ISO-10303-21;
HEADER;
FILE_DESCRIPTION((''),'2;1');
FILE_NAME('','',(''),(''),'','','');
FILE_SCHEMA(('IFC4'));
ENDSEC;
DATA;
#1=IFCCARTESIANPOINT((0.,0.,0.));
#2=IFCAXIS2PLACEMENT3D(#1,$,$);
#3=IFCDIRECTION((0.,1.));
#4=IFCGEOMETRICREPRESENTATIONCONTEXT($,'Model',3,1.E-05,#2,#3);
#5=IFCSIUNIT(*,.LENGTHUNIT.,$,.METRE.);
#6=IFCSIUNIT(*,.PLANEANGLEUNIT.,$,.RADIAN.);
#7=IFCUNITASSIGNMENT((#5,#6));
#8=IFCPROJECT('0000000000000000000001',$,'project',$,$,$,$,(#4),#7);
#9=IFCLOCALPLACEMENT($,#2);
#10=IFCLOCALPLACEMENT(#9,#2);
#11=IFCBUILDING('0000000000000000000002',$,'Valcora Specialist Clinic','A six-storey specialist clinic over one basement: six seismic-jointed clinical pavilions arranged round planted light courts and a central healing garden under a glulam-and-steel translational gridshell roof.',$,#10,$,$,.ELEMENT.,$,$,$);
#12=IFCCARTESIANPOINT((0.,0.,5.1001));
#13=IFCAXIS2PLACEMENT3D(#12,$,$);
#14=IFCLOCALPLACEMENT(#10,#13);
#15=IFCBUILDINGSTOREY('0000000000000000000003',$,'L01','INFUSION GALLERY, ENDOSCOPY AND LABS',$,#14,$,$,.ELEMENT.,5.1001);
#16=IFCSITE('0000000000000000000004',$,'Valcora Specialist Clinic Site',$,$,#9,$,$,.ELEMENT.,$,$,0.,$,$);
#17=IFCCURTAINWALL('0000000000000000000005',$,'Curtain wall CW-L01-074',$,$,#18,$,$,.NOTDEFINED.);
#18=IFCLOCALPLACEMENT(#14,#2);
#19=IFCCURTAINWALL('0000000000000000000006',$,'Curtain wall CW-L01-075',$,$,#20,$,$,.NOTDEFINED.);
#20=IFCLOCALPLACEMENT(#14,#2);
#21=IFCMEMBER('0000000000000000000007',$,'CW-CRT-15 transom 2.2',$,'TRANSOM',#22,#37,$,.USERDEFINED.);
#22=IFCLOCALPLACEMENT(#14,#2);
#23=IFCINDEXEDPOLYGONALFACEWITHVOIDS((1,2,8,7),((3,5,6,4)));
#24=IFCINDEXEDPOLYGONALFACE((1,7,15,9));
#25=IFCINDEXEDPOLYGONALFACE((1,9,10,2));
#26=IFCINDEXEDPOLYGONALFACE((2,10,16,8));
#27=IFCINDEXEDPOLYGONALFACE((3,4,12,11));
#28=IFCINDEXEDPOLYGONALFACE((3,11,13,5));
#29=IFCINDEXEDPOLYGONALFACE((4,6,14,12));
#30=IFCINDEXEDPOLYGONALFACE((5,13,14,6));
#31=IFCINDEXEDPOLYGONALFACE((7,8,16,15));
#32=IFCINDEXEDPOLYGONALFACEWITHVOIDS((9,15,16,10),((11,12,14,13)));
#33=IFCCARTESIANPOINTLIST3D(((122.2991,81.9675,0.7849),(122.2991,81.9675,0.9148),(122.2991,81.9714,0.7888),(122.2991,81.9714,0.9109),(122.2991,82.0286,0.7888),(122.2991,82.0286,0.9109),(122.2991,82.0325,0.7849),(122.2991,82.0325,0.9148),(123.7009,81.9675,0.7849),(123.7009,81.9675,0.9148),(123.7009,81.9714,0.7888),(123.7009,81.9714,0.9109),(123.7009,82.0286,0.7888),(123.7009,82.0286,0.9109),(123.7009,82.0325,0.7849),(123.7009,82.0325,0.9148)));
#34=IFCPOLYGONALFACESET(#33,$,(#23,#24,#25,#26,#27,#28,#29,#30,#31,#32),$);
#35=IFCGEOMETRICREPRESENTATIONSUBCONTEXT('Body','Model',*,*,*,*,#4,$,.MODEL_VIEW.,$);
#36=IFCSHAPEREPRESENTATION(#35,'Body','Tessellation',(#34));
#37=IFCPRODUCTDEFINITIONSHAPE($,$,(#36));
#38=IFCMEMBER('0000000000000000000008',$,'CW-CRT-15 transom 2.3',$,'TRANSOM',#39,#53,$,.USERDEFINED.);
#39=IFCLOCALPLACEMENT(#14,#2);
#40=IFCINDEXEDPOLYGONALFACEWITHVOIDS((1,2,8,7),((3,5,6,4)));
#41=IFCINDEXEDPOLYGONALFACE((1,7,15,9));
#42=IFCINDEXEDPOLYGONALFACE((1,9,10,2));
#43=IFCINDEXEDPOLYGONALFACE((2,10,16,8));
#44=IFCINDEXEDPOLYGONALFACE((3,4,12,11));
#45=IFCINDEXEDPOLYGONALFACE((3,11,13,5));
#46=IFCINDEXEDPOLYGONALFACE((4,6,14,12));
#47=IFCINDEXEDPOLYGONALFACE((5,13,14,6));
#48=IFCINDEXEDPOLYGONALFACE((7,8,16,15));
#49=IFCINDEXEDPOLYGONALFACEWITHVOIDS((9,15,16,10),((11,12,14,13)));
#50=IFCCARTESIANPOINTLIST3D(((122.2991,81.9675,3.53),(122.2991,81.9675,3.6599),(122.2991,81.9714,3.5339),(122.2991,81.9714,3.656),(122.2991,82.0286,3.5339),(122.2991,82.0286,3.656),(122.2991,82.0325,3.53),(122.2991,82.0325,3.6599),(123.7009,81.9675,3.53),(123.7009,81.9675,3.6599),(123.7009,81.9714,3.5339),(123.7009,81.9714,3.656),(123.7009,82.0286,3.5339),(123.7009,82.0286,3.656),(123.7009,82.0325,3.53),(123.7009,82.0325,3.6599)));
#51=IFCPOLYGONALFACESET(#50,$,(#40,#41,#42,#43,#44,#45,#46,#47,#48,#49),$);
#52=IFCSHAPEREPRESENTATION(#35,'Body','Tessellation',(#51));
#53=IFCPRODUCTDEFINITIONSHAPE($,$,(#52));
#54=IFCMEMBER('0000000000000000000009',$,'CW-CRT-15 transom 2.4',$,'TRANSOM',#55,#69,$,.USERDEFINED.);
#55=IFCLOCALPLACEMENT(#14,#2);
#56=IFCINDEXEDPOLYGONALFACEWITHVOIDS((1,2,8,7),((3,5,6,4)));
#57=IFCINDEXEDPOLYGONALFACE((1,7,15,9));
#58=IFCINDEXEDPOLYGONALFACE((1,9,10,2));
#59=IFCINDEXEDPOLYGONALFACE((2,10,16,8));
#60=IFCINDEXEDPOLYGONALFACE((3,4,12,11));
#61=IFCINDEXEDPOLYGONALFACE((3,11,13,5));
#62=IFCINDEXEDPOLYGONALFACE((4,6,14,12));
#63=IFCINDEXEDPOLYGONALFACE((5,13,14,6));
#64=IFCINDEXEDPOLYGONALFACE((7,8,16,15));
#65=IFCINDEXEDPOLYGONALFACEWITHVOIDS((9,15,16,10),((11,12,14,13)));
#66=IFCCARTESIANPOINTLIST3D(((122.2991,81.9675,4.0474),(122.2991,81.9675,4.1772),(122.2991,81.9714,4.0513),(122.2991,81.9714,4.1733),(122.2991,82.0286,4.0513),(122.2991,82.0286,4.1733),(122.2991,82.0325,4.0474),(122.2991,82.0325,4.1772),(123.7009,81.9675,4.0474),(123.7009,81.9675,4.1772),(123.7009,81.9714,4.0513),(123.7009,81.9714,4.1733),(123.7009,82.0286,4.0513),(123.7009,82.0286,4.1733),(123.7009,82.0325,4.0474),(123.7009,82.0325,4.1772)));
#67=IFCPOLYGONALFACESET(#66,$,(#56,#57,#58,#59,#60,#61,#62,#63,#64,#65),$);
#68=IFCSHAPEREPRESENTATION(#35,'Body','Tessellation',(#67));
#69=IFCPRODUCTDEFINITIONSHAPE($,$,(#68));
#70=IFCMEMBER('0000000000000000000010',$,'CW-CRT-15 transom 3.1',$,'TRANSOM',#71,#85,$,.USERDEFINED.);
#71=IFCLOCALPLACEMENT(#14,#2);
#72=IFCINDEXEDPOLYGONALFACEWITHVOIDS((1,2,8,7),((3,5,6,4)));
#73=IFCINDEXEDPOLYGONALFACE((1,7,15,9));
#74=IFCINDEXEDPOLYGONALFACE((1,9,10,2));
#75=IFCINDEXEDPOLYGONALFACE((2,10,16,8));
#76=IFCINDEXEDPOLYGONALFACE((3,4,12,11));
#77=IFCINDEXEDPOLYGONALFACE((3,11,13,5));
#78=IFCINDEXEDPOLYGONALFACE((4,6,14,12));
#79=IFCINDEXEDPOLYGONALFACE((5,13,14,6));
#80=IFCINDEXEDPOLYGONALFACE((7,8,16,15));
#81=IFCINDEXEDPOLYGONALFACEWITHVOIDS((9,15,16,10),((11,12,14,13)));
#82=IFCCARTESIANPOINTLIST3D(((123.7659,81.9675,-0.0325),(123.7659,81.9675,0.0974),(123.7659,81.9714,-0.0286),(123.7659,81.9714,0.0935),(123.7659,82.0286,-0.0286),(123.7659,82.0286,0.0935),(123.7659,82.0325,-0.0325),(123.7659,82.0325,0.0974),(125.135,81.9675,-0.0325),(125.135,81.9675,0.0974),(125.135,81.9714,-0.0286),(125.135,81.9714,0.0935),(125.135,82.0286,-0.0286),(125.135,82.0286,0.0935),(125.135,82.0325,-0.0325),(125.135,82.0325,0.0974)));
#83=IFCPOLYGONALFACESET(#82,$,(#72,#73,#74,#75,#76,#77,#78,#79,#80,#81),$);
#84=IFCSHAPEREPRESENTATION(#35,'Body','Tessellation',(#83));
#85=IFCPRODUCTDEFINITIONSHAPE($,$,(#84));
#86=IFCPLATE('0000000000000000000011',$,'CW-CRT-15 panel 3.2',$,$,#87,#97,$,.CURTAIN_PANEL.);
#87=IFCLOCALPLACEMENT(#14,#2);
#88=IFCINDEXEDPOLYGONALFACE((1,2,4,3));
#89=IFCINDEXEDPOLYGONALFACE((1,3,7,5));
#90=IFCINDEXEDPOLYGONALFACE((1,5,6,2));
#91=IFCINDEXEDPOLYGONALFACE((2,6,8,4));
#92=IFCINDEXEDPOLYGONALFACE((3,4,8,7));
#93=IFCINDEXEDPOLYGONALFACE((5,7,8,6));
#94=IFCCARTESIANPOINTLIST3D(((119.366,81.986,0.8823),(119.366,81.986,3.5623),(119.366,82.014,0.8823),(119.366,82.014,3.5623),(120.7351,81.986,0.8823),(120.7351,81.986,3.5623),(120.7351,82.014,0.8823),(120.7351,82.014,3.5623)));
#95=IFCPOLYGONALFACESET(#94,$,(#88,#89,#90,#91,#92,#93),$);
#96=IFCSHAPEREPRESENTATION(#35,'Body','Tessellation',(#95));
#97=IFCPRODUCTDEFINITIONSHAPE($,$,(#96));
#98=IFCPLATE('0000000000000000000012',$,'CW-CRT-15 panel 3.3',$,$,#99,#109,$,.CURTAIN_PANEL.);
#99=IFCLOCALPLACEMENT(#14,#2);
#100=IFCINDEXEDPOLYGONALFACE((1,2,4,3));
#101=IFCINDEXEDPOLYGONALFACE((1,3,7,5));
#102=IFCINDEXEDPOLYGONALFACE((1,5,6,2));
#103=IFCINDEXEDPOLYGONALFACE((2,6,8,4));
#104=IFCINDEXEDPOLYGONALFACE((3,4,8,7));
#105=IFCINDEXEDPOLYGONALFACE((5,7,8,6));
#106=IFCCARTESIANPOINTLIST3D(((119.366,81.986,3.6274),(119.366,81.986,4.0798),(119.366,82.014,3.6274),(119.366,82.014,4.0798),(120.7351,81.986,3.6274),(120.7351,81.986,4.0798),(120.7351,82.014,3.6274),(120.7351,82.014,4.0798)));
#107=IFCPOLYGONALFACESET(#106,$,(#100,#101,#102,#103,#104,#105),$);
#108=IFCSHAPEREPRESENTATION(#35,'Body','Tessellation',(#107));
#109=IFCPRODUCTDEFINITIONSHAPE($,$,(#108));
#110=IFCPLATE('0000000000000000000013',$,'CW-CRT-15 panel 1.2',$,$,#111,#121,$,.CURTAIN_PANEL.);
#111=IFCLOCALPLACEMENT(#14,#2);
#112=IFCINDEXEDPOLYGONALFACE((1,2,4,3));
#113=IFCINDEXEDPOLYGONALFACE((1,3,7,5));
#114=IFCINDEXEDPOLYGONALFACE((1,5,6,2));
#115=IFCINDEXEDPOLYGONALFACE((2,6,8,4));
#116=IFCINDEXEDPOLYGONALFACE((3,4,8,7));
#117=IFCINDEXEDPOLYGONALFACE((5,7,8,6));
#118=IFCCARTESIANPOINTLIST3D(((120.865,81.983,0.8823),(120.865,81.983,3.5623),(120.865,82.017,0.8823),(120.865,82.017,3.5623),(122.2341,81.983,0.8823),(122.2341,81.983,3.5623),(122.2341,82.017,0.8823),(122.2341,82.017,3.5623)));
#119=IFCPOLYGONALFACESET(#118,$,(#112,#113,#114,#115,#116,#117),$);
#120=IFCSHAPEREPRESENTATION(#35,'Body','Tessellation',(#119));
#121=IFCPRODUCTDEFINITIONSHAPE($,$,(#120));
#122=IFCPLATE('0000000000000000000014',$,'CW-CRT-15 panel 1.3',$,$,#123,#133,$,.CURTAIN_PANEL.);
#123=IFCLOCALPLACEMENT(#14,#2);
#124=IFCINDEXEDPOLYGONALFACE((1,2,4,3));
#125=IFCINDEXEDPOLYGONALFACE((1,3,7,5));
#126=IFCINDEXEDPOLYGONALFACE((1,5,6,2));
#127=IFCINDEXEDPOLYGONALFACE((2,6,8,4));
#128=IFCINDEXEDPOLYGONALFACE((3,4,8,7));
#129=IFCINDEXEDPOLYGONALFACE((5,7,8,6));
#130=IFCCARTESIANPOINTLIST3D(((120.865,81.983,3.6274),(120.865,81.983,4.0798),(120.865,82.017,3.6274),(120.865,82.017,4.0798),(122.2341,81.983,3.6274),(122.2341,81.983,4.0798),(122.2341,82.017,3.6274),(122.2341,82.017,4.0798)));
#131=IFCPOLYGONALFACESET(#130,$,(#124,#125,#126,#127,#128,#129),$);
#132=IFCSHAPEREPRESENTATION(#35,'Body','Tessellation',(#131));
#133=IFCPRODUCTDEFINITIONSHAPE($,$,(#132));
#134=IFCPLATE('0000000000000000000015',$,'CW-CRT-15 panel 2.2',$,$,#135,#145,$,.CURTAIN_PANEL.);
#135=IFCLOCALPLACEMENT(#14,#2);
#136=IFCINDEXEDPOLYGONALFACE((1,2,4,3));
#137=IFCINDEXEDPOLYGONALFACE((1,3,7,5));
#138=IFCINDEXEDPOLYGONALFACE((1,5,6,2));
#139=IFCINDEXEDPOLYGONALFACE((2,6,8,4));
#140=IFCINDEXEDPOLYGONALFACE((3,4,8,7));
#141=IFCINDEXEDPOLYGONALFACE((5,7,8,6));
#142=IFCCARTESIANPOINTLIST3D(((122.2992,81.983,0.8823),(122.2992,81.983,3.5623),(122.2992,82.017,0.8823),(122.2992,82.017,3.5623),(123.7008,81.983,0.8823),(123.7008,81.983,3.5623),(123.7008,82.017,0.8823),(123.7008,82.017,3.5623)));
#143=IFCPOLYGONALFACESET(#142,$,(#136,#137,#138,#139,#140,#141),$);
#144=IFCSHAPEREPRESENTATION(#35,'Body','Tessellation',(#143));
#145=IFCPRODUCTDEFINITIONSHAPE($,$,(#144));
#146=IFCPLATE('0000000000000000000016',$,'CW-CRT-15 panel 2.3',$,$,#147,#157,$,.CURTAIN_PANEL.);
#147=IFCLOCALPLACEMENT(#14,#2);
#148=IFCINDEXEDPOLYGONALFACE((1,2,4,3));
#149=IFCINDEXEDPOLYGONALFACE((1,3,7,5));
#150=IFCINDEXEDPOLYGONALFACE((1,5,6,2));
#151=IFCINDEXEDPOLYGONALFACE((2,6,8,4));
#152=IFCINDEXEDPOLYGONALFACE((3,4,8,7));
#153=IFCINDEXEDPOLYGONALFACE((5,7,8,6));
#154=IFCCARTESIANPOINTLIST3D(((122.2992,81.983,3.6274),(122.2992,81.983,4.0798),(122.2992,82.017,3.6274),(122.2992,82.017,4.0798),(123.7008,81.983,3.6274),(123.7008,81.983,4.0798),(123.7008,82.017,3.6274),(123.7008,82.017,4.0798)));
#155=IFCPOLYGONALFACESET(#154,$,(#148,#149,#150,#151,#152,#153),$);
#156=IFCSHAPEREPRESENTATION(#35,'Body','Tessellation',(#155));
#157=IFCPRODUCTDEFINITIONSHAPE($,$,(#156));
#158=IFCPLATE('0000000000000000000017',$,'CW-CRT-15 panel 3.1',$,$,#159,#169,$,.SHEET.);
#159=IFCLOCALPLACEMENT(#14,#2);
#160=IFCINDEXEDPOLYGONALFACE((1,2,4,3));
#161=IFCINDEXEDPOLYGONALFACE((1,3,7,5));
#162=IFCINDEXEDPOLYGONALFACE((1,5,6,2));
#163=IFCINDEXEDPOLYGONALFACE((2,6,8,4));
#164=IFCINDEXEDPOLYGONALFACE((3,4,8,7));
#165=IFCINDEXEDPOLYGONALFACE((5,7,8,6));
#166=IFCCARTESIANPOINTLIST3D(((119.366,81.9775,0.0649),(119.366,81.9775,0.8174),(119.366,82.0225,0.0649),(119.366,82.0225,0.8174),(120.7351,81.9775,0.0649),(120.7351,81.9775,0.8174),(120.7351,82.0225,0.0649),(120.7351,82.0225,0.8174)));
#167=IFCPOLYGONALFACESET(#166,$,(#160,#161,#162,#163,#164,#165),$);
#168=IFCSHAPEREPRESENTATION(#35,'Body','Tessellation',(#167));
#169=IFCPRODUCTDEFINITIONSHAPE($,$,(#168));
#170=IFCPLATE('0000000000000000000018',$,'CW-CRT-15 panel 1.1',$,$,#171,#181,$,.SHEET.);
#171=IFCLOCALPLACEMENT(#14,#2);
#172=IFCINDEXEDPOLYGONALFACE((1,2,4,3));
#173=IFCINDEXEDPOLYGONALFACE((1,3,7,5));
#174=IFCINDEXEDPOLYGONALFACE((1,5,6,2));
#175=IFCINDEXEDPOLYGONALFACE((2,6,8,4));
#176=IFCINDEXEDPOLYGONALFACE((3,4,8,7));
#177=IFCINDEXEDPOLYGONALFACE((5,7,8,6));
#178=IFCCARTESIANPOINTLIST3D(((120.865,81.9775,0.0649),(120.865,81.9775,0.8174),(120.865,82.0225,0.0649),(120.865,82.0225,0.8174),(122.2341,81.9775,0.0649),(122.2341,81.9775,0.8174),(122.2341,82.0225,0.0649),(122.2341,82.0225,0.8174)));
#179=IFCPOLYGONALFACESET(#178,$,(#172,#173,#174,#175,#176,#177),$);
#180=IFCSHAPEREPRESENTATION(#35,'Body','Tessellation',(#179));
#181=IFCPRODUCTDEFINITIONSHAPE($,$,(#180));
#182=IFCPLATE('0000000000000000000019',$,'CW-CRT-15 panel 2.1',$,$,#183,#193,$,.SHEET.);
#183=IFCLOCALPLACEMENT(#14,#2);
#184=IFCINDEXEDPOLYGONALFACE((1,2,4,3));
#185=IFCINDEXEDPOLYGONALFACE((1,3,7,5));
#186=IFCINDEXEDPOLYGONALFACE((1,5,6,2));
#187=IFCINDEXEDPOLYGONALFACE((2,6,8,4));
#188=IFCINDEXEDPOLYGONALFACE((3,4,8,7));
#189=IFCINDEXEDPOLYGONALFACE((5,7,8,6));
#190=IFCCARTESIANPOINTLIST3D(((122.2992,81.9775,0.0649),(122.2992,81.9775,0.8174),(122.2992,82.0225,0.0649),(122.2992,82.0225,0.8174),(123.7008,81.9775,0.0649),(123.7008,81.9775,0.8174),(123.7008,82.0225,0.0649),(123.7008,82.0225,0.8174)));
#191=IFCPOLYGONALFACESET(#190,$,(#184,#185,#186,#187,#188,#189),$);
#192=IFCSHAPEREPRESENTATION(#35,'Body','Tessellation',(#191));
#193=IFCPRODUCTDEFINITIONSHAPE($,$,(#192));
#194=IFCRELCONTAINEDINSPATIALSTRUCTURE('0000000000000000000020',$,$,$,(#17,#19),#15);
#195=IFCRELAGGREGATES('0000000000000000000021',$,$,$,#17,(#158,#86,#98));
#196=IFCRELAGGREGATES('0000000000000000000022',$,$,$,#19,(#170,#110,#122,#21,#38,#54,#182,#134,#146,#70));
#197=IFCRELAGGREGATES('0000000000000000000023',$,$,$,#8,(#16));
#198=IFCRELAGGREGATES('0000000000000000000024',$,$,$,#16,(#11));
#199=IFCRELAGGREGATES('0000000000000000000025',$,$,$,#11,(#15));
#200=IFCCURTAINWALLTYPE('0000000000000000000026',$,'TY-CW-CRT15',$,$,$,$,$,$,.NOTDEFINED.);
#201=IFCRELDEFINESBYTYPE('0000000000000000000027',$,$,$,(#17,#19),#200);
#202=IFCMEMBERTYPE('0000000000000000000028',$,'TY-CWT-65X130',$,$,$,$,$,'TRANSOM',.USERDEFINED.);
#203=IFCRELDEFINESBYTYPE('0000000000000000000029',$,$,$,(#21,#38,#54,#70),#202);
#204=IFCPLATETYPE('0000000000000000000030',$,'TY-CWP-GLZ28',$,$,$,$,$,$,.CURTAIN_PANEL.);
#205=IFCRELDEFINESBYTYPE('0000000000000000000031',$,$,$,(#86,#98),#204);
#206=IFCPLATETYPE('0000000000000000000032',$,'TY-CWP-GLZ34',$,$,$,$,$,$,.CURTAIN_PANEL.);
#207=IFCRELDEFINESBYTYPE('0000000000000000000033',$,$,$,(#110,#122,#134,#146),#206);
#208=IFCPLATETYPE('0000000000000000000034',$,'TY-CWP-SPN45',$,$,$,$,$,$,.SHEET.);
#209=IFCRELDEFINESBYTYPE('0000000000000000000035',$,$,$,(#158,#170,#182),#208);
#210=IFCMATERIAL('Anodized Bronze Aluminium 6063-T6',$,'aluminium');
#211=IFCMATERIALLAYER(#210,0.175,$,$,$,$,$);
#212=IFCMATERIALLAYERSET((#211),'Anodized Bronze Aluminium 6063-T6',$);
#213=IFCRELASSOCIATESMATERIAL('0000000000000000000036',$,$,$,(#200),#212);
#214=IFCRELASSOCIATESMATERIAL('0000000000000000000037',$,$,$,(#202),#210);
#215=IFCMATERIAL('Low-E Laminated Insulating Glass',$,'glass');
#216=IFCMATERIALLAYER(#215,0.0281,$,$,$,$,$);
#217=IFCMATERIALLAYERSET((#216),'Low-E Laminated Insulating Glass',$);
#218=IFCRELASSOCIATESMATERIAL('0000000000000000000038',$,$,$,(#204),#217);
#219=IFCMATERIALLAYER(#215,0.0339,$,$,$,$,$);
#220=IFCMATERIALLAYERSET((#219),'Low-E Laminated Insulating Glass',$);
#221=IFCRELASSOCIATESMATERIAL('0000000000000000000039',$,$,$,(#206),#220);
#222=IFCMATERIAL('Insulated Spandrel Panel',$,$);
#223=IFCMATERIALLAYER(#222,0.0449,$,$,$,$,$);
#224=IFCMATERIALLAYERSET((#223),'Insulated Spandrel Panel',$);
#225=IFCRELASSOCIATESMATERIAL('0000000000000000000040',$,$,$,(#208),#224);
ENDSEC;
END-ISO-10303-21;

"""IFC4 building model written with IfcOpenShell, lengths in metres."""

from ifc_helpers import new_model, si_unit, direction, frame, origin, origin_2d, place, context, subcontext, project, spatial, rectangle, hollow_rectangle, extrude, material, layer, layer_set, material_profile, profile_set, type_object, element, aggregate, save


model = new_model("IFC4")

# Units and contexts
model_context = context("Model", 3, precision=1e-05, world=origin(), true_north=direction((0.0, 1.0)))
body_context = subcontext(model_context, "Body", "Model", "MODEL_VIEW")
ifc_project = project(units=[si_unit("LENGTHUNIT", "METRE"), si_unit("PLANEANGLEUNIT", "RADIAN")], contexts=[model_context])

# Site, building, storey
site_placement = place(None, origin())
site = spatial("IfcSite", under=ifc_project, at=site_placement, Name="Valcora Specialist Clinic Site", CompositionType="ELEMENT", RefElevation=0.0)
building_placement = place(site_placement, origin())
building = spatial("IfcBuilding", under=site, at=building_placement, Name="Valcora Specialist Clinic", Description="A six-storey specialist clinic over one basement: six seismic-jointed clinical pavilions arranged round planted light courts and a central healing garden under a glulam-and-steel translational gridshell roof.", CompositionType="ELEMENT")
storey_placement = place(building_placement, frame((0.0, 0.0, 5.1001)))
storey = spatial("IfcBuildingStorey", under=building, at=storey_placement, Name="L01", Description="INFUSION GALLERY, ENDOSCOPY AND LABS", CompositionType="ELEMENT", Elevation=5.1001)

# Curtain wall
ifc_material_1 = material(Name="Anodized Bronze Aluminium 6063-T6", Category="aluminium")
ifc_layer_1 = layer(ifc_material_1, 0.175)
ifc_layer_set_1 = layer_set([ifc_layer_1], Name="Anodized Bronze Aluminium 6063-T6")
curtain_wall_type = type_object("IfcCurtainWallType", Name="TY-CW-CRT15", PredefinedType="NOTDEFINED", material=ifc_layer_set_1)
curtain_wall_1_placement = place(storey_placement, origin())
curtain_wall_1 = element("IfcCurtainWall", 1, at=curtain_wall_1_placement, inside=storey, type_object=curtain_wall_type, Name="Curtain wall CW-L01-074", PredefinedType="NOTDEFINED")

# Curtain wall
curtain_wall_2_placement = place(storey_placement, origin())
curtain_wall_2 = element("IfcCurtainWall", 2, at=curtain_wall_2_placement, inside=storey, type_object=curtain_wall_type, Name="Curtain wall CW-L01-075", PredefinedType="NOTDEFINED")

# Members
ifc_material_profile_1 = material_profile(ifc_material_1, hollow_rectangle(XDim=0.0649, YDim=0.1299, WallThickness=0.0039, at=origin_2d()), Name="AL-TRN-65X130")
ifc_profile_set_1 = profile_set([ifc_material_profile_1], Name="Anodized Bronze Aluminium 6063-T6")
member_type_1 = type_object("IfcMemberType", Name="TY-CWT-65X130", ElementType="TRANSOM", PredefinedType="USERDEFINED", material=ifc_profile_set_1)
member_1_placement = place(storey_placement, frame((122.2991, 82.0, 0.8499), z_axis=(1.0, 0.0, 0.0), x_axis=(0.0, 1.0, 0.0)))
member_1 = element("IfcMember", 3, at=member_1_placement, type_object=member_type_1, Name="CW-CRT-15 transom 2.2", ObjectType="TRANSOM", PredefinedType="USERDEFINED", context=body_context, shape_type="SweptSolid", body=[
    extrude(hollow_rectangle(XDim=0.0649, YDim=0.1299, WallThickness=0.0039, at=origin_2d()), origin(), (0.0, 0.0, 1.0), 1.4019),
])
member_2_placement = place(storey_placement, frame((122.2991, 82.0, 3.595), z_axis=(1.0, 0.0, 0.0), x_axis=(0.0, 1.0, 0.0)))
member_2 = element("IfcMember", 4, at=member_2_placement, type_object=member_type_1, Name="CW-CRT-15 transom 2.3", ObjectType="TRANSOM", PredefinedType="USERDEFINED", context=body_context, shape_type="SweptSolid", body=[
    extrude(hollow_rectangle(XDim=0.0649, YDim=0.1299, WallThickness=0.0039, at=origin_2d()), origin(), (0.0, 0.0, 1.0), 1.4019),
])
member_3_placement = place(storey_placement, frame((122.2991, 82.0, 4.1123), z_axis=(1.0, 0.0, 0.0), x_axis=(0.0, 1.0, 0.0)))
member_3 = element("IfcMember", 5, at=member_3_placement, type_object=member_type_1, Name="CW-CRT-15 transom 2.4", ObjectType="TRANSOM", PredefinedType="USERDEFINED", context=body_context, shape_type="SweptSolid", body=[
    extrude(hollow_rectangle(XDim=0.0649, YDim=0.1299, WallThickness=0.0039, at=origin_2d()), origin(), (0.0, 0.0, 1.0), 1.4019),
])
member_4_placement = place(storey_placement, frame((123.7659, 82.0, 0.0325), z_axis=(1.0, 0.0, 0.0), x_axis=(0.0, 1.0, 0.0)))
member_4 = element("IfcMember", 6, at=member_4_placement, type_object=member_type_1, Name="CW-CRT-15 transom 3.1", ObjectType="TRANSOM", PredefinedType="USERDEFINED", context=body_context, shape_type="SweptSolid", body=[
    extrude(hollow_rectangle(XDim=0.0649, YDim=0.1299, WallThickness=0.0039, at=origin_2d()), origin(), (0.0, 0.0, 1.0), 1.3691),
])

# Plates
ifc_material_2 = material(Name="Low-E Laminated Insulating Glass", Category="glass")
ifc_layer_2 = layer(ifc_material_2, 0.0281)
ifc_layer_set_2 = layer_set([ifc_layer_2], Name="Low-E Laminated Insulating Glass")
plate_type_1 = type_object("IfcPlateType", Name="TY-CWP-GLZ28", PredefinedType="CURTAIN_PANEL", material=ifc_layer_set_2)
plate_1_placement = place(storey_placement, frame((120.0505, 82.0, 0.8823), z_axis=(0.0, 0.0, 1.0), x_axis=(1.0, 0.0, 0.0)))
plate_1 = element("IfcPlate", 7, at=plate_1_placement, type_object=plate_type_1, Name="CW-CRT-15 panel 3.2", PredefinedType="CURTAIN_PANEL", context=body_context, shape_type="SweptSolid", body=[
    extrude(rectangle(XDim=1.3691, YDim=0.0281, at=origin_2d()), origin(), (0.0, 0.0, 1.0), 2.6799),
])
plate_2_placement = place(storey_placement, frame((120.0505, 82.0, 3.6274), z_axis=(0.0, 0.0, 1.0), x_axis=(1.0, 0.0, 0.0)))
plate_2 = element("IfcPlate", 8, at=plate_2_placement, type_object=plate_type_1, Name="CW-CRT-15 panel 3.3", PredefinedType="CURTAIN_PANEL", context=body_context, shape_type="SweptSolid", body=[
    extrude(rectangle(XDim=1.3691, YDim=0.0281, at=origin_2d()), origin(), (0.0, 0.0, 1.0), 0.4524),
])
ifc_layer_3 = layer(ifc_material_2, 0.0339)
ifc_layer_set_3 = layer_set([ifc_layer_3], Name="Low-E Laminated Insulating Glass")
plate_type_2 = type_object("IfcPlateType", Name="TY-CWP-GLZ34", PredefinedType="CURTAIN_PANEL", material=ifc_layer_set_3)
plate_3_placement = place(storey_placement, frame((121.5496, 82.0, 0.8823), z_axis=(0.0, 0.0, 1.0), x_axis=(1.0, 0.0, 0.0)))
plate_3 = element("IfcPlate", 9, at=plate_3_placement, type_object=plate_type_2, Name="CW-CRT-15 panel 1.2", PredefinedType="CURTAIN_PANEL", context=body_context, shape_type="SweptSolid", body=[
    extrude(rectangle(XDim=1.3691, YDim=0.0339, at=origin_2d()), origin(), (0.0, 0.0, 1.0), 2.6799),
])
plate_4_placement = place(storey_placement, frame((121.5496, 82.0, 3.6274), z_axis=(0.0, 0.0, 1.0), x_axis=(1.0, 0.0, 0.0)))
plate_4 = element("IfcPlate", 10, at=plate_4_placement, type_object=plate_type_2, Name="CW-CRT-15 panel 1.3", PredefinedType="CURTAIN_PANEL", context=body_context, shape_type="SweptSolid", body=[
    extrude(rectangle(XDim=1.3691, YDim=0.0339, at=origin_2d()), origin(), (0.0, 0.0, 1.0), 0.4524),
])
plate_5_placement = place(storey_placement, frame((123.0, 82.0, 0.8823), z_axis=(0.0, 0.0, 1.0), x_axis=(1.0, 0.0, 0.0)))
plate_5 = element("IfcPlate", 11, at=plate_5_placement, type_object=plate_type_2, Name="CW-CRT-15 panel 2.2", PredefinedType="CURTAIN_PANEL", context=body_context, shape_type="SweptSolid", body=[
    extrude(rectangle(XDim=1.4016, YDim=0.0339, at=origin_2d()), origin(), (0.0, 0.0, 1.0), 2.6799),
])
plate_6_placement = place(storey_placement, frame((123.0, 82.0, 3.6274), z_axis=(0.0, 0.0, 1.0), x_axis=(1.0, 0.0, 0.0)))
plate_6 = element("IfcPlate", 12, at=plate_6_placement, type_object=plate_type_2, Name="CW-CRT-15 panel 2.3", PredefinedType="CURTAIN_PANEL", context=body_context, shape_type="SweptSolid", body=[
    extrude(rectangle(XDim=1.4016, YDim=0.0339, at=origin_2d()), origin(), (0.0, 0.0, 1.0), 0.4524),
])
ifc_material_3 = material(Name="Insulated Spandrel Panel")
ifc_layer_4 = layer(ifc_material_3, 0.0449)
ifc_layer_set_4 = layer_set([ifc_layer_4], Name="Insulated Spandrel Panel")
plate_type_3 = type_object("IfcPlateType", Name="TY-CWP-SPN45", PredefinedType="SHEET", material=ifc_layer_set_4)
plate_7_placement = place(storey_placement, frame((120.0505, 82.0, 0.0649), z_axis=(0.0, 0.0, 1.0), x_axis=(1.0, 0.0, 0.0)))
plate_7 = element("IfcPlate", 13, at=plate_7_placement, type_object=plate_type_3, Name="CW-CRT-15 panel 3.1", PredefinedType="SHEET", context=body_context, shape_type="SweptSolid", body=[
    extrude(rectangle(XDim=1.3691, YDim=0.0449, at=origin_2d()), origin(), (0.0, 0.0, 1.0), 0.7524),
])
aggregate(curtain_wall_1, [plate_7, plate_1, plate_2])
plate_8_placement = place(storey_placement, frame((121.5496, 82.0, 0.0649), z_axis=(0.0, 0.0, 1.0), x_axis=(1.0, 0.0, 0.0)))
plate_8 = element("IfcPlate", 14, at=plate_8_placement, type_object=plate_type_3, Name="CW-CRT-15 panel 1.1", PredefinedType="SHEET", context=body_context, shape_type="SweptSolid", body=[
    extrude(rectangle(XDim=1.3691, YDim=0.0449, at=origin_2d()), origin(), (0.0, 0.0, 1.0), 0.7524),
])
plate_9_placement = place(storey_placement, frame((123.0, 82.0, 0.0649), z_axis=(0.0, 0.0, 1.0), x_axis=(1.0, 0.0, 0.0)))
plate_9 = element("IfcPlate", 15, at=plate_9_placement, type_object=plate_type_3, Name="CW-CRT-15 panel 2.1", PredefinedType="SHEET", context=body_context, shape_type="SweptSolid", body=[
    extrude(rectangle(XDim=1.4016, YDim=0.0449, at=origin_2d()), origin(), (0.0, 0.0, 1.0), 0.7524),
])
aggregate(curtain_wall_2, [plate_8, plate_3, plate_4, member_1, member_2, member_3, plate_9, plate_5, plate_6, member_4])

save(model, "model.ifc")
